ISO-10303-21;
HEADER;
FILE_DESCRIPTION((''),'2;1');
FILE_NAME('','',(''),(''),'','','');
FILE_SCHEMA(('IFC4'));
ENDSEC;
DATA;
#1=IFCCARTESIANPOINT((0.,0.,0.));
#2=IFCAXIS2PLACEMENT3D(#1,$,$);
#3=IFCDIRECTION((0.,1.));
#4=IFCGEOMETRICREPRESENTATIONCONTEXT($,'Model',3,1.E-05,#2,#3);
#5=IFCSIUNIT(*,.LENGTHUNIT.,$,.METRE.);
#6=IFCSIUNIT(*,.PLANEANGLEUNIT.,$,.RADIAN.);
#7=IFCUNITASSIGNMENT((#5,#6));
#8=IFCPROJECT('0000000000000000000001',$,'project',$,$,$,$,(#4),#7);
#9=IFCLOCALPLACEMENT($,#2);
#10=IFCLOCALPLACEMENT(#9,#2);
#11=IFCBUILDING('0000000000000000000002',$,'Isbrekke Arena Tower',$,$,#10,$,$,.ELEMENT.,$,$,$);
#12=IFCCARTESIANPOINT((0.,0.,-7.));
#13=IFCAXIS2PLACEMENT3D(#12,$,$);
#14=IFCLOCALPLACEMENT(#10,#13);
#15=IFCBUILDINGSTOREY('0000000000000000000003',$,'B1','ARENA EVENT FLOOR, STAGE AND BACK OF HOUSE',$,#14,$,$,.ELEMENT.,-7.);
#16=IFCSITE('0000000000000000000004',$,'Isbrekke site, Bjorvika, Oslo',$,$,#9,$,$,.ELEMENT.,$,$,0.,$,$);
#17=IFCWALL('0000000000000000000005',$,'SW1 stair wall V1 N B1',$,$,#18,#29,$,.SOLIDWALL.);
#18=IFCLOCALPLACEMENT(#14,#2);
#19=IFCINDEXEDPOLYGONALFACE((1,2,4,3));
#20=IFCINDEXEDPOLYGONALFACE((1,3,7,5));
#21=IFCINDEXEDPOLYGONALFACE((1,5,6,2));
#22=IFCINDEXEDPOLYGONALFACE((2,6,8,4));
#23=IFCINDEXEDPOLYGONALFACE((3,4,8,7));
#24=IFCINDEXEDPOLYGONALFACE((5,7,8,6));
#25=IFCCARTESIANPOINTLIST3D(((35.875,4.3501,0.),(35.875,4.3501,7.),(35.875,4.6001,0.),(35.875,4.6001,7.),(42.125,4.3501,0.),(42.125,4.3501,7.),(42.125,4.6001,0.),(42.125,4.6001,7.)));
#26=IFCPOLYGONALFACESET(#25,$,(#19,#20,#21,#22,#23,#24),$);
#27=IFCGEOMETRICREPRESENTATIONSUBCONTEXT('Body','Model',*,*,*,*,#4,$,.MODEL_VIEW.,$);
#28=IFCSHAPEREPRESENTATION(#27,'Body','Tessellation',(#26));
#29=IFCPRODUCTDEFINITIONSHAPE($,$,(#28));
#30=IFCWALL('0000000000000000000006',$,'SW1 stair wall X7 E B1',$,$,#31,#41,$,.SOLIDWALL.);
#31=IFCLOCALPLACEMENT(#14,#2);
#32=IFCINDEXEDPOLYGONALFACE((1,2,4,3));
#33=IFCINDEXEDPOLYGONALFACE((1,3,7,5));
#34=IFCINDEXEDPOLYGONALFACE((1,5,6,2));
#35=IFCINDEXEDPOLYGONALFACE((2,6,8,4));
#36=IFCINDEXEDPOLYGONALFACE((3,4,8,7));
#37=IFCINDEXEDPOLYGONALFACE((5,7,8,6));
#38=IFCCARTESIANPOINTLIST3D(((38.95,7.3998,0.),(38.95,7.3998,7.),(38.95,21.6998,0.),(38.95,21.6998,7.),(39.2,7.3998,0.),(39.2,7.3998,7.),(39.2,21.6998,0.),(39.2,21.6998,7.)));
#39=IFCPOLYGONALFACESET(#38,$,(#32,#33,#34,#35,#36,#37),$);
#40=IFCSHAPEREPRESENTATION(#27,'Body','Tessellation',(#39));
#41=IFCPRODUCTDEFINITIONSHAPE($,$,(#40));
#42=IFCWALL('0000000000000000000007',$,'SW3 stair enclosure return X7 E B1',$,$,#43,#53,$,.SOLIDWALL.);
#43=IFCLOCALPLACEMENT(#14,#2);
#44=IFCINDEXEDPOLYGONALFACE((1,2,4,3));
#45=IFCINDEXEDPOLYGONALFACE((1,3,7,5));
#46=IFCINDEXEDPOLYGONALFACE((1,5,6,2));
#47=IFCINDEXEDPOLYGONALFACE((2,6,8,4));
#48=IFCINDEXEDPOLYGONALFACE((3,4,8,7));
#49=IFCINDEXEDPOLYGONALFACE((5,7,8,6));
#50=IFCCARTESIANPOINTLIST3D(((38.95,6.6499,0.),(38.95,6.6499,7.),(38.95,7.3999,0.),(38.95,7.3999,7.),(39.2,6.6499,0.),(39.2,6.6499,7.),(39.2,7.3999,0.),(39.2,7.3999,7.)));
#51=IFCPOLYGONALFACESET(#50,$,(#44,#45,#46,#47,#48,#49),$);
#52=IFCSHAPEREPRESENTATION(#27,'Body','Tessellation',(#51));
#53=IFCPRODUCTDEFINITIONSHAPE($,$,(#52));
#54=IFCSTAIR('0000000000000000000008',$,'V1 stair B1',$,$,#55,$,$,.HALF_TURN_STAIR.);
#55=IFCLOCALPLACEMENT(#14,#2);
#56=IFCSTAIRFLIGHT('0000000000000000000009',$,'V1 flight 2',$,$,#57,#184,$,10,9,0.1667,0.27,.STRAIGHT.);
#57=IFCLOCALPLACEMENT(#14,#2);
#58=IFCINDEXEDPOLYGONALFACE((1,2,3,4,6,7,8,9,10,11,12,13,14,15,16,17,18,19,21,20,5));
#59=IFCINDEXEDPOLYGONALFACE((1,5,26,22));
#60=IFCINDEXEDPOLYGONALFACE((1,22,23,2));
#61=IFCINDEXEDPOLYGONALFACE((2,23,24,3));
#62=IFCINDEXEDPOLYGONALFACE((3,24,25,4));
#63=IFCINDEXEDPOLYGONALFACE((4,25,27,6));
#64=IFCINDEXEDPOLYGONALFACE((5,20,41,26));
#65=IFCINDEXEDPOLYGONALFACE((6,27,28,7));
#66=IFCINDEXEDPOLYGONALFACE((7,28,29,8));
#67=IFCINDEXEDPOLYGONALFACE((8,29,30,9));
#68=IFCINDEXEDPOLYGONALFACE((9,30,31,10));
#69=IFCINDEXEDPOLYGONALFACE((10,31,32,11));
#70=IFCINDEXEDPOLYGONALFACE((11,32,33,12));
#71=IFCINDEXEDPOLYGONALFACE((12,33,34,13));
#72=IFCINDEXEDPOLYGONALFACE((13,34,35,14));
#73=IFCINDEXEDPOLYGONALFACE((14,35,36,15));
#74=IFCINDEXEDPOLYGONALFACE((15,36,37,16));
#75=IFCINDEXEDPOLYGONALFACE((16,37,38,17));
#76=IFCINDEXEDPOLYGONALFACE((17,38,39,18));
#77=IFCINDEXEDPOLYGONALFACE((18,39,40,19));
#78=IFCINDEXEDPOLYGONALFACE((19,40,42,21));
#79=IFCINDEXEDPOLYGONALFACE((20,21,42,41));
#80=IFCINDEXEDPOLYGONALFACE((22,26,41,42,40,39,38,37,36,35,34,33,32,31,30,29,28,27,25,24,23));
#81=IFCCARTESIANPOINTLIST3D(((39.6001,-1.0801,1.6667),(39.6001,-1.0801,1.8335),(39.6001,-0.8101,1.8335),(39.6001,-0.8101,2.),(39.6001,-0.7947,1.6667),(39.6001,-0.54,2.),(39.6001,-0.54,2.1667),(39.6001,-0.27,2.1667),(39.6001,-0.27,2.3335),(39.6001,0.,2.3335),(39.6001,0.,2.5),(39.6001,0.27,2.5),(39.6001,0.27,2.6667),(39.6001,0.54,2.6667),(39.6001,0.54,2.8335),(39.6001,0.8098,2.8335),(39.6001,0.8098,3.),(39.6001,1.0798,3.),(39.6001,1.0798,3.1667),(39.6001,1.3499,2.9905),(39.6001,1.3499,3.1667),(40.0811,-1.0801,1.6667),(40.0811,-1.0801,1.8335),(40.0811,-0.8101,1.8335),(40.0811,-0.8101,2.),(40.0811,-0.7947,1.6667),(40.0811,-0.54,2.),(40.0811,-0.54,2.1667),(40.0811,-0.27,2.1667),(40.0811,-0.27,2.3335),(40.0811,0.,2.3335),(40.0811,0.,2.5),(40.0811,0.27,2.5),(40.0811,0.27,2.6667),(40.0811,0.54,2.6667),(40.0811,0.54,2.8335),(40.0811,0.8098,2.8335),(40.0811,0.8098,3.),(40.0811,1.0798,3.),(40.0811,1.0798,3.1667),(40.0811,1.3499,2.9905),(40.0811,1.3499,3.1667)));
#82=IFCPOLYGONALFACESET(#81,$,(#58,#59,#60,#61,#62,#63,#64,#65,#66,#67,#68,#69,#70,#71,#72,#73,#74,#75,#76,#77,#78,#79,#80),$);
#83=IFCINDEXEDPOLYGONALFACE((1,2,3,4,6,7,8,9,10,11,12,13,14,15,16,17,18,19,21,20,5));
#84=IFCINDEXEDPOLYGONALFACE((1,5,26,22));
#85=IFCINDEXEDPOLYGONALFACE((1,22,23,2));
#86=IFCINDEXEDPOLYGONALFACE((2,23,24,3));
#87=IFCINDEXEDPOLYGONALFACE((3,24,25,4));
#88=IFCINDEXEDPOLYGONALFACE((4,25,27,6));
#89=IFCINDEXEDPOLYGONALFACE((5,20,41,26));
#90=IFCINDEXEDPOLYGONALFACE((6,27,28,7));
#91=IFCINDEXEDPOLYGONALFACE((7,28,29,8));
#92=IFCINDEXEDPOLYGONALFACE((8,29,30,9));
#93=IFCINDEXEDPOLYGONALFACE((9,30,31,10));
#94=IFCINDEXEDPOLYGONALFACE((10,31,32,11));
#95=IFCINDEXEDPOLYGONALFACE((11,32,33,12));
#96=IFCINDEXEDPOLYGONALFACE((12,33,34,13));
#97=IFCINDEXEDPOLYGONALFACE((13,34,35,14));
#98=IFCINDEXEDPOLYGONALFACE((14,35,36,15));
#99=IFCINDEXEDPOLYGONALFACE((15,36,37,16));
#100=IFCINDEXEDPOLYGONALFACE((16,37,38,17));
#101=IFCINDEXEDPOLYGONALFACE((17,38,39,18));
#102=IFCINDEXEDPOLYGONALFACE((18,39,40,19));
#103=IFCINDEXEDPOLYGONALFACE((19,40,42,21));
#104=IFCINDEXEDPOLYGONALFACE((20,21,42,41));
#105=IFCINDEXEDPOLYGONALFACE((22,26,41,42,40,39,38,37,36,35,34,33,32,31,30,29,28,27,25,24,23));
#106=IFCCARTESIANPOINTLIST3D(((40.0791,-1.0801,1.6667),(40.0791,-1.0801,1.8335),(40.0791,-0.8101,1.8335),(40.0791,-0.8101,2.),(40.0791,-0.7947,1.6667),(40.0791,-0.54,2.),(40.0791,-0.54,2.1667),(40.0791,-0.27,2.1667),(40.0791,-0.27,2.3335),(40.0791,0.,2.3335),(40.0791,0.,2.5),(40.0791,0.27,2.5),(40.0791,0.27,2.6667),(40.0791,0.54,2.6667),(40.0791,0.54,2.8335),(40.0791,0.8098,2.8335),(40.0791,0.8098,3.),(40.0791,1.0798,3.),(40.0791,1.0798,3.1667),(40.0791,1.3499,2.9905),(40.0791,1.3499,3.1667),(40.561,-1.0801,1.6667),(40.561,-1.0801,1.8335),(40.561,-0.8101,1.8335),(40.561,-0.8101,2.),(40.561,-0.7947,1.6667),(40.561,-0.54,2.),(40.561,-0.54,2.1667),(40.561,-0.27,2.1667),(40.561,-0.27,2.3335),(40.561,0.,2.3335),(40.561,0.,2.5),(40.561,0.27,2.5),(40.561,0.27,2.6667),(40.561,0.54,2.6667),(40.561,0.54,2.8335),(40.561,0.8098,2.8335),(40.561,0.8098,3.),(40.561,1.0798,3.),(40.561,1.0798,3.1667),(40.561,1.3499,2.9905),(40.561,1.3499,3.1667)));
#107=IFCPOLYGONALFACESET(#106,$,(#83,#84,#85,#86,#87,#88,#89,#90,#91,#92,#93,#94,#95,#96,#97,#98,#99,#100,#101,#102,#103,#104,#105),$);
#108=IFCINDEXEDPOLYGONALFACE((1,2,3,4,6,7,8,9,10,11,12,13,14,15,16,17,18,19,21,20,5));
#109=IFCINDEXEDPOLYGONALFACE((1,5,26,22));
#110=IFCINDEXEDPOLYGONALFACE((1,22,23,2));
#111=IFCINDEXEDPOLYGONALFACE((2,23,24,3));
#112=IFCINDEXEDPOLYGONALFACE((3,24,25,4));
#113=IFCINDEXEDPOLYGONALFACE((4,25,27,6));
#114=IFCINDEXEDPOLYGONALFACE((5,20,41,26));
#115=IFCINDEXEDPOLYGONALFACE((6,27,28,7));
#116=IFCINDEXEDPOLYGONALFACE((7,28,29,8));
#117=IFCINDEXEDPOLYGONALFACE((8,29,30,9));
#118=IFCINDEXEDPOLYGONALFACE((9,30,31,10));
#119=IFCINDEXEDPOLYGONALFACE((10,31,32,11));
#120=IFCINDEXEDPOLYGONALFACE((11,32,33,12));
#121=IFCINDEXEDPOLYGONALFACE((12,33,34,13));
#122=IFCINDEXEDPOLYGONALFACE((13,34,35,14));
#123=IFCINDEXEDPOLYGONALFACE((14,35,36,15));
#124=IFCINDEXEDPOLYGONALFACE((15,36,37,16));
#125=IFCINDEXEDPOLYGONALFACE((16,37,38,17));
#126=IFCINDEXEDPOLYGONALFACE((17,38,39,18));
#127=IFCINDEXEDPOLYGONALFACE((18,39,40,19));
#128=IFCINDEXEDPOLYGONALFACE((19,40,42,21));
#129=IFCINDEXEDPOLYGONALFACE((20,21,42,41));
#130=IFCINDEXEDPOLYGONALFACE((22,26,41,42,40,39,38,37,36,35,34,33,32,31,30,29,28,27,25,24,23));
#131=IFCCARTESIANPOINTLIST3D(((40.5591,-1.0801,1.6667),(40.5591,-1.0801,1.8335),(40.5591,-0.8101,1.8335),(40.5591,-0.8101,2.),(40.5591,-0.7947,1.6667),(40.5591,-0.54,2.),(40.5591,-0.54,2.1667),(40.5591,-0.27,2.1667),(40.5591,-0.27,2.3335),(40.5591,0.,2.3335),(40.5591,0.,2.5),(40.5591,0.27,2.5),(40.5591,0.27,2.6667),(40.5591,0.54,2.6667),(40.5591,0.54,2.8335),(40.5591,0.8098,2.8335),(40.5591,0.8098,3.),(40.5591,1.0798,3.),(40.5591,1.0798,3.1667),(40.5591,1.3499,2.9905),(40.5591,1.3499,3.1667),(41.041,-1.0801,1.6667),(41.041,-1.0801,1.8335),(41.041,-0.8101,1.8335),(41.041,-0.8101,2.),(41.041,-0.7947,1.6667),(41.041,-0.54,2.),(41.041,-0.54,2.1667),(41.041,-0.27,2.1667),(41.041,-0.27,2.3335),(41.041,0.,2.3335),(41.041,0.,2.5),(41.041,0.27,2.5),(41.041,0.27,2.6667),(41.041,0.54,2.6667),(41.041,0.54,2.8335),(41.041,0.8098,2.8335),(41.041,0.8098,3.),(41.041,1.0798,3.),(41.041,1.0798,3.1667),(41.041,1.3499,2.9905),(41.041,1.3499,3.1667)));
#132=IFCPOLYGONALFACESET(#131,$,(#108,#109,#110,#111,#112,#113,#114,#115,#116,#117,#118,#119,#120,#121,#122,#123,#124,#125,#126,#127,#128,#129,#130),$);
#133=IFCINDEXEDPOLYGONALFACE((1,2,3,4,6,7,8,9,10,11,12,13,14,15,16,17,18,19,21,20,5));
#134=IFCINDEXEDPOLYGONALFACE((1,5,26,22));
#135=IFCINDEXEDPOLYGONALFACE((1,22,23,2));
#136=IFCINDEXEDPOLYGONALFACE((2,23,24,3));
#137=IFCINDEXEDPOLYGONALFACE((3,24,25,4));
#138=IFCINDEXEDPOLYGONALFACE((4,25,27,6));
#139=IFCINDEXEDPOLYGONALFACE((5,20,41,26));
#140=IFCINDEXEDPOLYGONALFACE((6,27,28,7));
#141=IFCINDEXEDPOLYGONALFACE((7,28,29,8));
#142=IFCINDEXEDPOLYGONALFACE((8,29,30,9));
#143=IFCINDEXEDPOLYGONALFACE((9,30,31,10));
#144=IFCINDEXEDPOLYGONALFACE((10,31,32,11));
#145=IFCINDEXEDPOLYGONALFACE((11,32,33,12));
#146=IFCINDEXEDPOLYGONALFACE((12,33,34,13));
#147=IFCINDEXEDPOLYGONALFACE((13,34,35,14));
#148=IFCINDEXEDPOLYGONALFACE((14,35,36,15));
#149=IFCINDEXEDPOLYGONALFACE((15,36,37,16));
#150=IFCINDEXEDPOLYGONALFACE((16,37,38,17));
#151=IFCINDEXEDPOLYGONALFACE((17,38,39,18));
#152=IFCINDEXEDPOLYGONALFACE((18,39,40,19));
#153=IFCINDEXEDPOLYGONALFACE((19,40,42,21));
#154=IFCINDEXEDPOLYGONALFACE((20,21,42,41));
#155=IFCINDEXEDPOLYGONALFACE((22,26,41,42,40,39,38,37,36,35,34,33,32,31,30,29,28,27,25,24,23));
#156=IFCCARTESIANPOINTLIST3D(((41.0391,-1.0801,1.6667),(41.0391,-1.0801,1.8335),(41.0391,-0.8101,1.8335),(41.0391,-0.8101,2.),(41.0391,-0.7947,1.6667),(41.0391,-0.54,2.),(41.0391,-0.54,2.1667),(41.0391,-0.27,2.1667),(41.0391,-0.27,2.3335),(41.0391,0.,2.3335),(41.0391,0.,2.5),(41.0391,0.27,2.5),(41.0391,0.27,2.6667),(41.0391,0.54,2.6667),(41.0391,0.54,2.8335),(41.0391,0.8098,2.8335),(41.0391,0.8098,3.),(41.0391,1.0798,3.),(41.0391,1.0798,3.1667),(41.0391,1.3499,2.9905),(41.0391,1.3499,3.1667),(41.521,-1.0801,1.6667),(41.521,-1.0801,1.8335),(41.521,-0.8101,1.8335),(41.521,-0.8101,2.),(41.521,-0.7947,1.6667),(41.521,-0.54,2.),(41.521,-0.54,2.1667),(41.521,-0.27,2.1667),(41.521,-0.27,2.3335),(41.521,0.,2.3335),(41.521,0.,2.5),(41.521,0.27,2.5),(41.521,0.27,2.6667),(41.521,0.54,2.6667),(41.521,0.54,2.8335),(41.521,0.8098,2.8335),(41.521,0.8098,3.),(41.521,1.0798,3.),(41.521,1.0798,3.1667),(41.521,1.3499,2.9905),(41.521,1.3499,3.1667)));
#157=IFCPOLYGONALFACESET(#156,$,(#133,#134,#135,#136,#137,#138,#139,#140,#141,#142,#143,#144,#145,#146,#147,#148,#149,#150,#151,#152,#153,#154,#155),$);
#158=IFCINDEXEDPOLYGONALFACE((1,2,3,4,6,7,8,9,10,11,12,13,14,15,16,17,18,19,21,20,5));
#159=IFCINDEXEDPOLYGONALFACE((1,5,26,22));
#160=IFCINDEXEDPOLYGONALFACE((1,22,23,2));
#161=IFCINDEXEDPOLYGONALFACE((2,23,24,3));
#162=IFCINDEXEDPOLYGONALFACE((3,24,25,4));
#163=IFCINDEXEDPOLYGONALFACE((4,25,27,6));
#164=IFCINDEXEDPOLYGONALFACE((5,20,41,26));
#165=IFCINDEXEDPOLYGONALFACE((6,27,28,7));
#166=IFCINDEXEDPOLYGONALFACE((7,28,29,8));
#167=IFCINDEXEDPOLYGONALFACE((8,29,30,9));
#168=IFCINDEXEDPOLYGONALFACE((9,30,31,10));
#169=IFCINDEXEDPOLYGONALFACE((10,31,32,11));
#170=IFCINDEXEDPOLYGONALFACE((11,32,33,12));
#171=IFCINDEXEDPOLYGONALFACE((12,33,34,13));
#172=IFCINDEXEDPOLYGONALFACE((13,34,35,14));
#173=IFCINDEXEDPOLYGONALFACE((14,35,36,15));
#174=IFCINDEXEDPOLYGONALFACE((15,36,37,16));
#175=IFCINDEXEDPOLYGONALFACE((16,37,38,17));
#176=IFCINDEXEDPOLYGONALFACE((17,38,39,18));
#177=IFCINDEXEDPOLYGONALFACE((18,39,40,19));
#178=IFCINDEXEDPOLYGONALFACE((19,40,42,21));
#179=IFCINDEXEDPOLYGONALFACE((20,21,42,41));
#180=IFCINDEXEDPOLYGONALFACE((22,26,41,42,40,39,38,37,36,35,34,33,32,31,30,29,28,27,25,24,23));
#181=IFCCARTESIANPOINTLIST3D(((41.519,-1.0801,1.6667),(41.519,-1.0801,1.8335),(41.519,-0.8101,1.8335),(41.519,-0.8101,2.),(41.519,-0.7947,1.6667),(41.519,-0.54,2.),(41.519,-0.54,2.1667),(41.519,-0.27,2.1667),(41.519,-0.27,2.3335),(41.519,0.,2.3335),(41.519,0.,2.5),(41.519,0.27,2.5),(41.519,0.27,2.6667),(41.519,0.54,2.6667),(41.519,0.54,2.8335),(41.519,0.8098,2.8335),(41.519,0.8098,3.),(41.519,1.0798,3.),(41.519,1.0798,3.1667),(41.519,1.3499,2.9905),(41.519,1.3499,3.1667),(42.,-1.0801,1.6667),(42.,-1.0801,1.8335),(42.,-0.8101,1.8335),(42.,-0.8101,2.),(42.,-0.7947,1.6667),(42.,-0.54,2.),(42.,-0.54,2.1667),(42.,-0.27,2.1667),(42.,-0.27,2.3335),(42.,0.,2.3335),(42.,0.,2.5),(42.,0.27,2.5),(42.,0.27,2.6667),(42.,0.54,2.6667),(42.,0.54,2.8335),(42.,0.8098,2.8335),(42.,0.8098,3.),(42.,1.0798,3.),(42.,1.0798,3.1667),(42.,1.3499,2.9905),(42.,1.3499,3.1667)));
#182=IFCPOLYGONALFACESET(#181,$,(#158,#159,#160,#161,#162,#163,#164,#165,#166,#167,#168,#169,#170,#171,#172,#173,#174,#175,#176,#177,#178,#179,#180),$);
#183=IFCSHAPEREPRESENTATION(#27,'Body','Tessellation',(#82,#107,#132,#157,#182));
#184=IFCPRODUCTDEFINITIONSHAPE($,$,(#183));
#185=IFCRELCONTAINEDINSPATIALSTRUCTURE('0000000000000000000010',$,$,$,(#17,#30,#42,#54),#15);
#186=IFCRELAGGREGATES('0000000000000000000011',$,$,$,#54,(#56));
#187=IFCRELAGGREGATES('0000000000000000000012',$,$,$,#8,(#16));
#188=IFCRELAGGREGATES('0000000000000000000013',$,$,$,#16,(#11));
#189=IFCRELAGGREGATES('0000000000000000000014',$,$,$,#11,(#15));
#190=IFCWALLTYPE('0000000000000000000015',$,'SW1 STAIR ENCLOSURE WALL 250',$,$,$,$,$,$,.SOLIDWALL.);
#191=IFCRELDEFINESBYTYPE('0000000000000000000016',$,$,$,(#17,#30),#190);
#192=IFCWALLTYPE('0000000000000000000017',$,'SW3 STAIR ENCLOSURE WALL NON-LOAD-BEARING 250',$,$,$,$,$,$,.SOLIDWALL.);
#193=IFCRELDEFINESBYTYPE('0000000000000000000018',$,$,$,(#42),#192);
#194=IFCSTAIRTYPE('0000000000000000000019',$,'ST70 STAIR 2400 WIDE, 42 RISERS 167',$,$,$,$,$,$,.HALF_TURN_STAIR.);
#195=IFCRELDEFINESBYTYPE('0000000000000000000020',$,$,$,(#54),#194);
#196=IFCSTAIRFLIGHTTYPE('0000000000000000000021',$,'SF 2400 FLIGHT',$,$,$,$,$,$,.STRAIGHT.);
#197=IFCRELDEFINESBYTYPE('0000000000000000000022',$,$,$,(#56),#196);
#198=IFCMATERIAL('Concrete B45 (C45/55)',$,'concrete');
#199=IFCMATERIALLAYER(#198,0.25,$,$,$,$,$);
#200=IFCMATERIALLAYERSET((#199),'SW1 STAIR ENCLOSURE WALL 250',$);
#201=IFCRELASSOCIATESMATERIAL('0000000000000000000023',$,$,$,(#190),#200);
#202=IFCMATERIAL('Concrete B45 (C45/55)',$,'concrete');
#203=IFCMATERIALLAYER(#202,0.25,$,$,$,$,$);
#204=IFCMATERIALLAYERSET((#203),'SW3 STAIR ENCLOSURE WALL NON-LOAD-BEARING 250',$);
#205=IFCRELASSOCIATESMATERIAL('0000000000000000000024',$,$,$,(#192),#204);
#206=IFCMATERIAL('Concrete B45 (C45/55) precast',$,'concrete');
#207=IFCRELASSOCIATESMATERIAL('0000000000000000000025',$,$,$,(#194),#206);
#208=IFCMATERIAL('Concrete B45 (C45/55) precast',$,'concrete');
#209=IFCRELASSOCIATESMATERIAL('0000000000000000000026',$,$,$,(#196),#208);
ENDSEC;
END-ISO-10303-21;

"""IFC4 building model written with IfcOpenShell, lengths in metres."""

from ifc_helpers import new_model, si_unit, direction, frame, frame_2d, origin, place, context, subcontext, project, spatial, polyline, rectangle, outline, extrude, material, layer, layer_set, type_object, element, aggregate, save


model = new_model("IFC4")

# Units and contexts
model_context = context("Model", 3, precision=1e-05, world=origin(), true_north=direction((0.0, 1.0)))
body_context = subcontext(model_context, "Body", "Model", "MODEL_VIEW")
ifc_project = project(units=[si_unit("LENGTHUNIT", "METRE"), si_unit("PLANEANGLEUNIT", "RADIAN")], contexts=[model_context])

# Site, building, storey
site_placement = place(None, origin())
site = spatial("IfcSite", under=ifc_project, at=site_placement, Name="Isbrekke site, Bjorvika, Oslo", CompositionType="ELEMENT", RefElevation=0.0)
building_placement = place(site_placement, origin())
building = spatial("IfcBuilding", under=site, at=building_placement, Name="Isbrekke Arena Tower", CompositionType="ELEMENT")
storey_placement = place(building_placement, frame((0.0, 0.0, -7.0)))
storey = spatial("IfcBuildingStorey", under=building, at=storey_placement, Name="B1", Description="ARENA EVENT FLOOR, STAGE AND BACK OF HOUSE", CompositionType="ELEMENT", Elevation=-7.0)

# Walls
ifc_material_1 = material(Name="Concrete B45 (C45/55)", Category="concrete")
ifc_layer_1 = layer(ifc_material_1, 0.25)
ifc_layer_set_1 = layer_set([ifc_layer_1], Name="SW1 STAIR ENCLOSURE WALL 250")
wall_type_1 = type_object("IfcWallType", Name="SW1 STAIR ENCLOSURE WALL 250", PredefinedType="SOLIDWALL", material=ifc_layer_set_1)
wall_1_placement = place(storey_placement, frame((42.125, 4.4751, 0.0), z_axis=(0.0, 0.0, 1.0), x_axis=(-1.0, 0.0, 0.0)))
element("IfcWall", 1, at=wall_1_placement, inside=storey, type_object=wall_type_1, Name="SW1 stair wall V1 N B1", PredefinedType="SOLIDWALL", context=body_context, shape_type="SweptSolid", body=[
    extrude(rectangle(XDim=6.25, YDim=0.25, at=frame_2d((3.125, 0.0))), origin(), (0.0, 0.0, 1.0), 7.0),
])
wall_2_placement = place(storey_placement, frame((39.075, 7.3999, 0.0), z_axis=(0.0, 0.0, 1.0), x_axis=(0.0, 1.0, 0.0)))
element("IfcWall", 2, at=wall_2_placement, inside=storey, type_object=wall_type_1, Name="SW1 stair wall X7 E B1", PredefinedType="SOLIDWALL", context=body_context, shape_type="SweptSolid", body=[
    extrude(rectangle(XDim=14.3, YDim=0.25, at=frame_2d((7.1499, 0.0))), origin(), (0.0, 0.0, 1.0), 7.0),
])
ifc_material_2 = material(Name="Concrete B45 (C45/55)", Category="concrete")
ifc_layer_2 = layer(ifc_material_2, 0.25)
ifc_layer_set_2 = layer_set([ifc_layer_2], Name="SW3 STAIR ENCLOSURE WALL NON-LOAD-BEARING 250")
wall_type_2 = type_object("IfcWallType", Name="SW3 STAIR ENCLOSURE WALL NON-LOAD-BEARING 250", PredefinedType="SOLIDWALL", material=ifc_layer_set_2)
wall_3_placement = place(storey_placement, frame((39.075, 6.6499, 0.0), z_axis=(0.0, 0.0, 1.0), x_axis=(0.0, 1.0, 0.0)))
element("IfcWall", 3, at=wall_3_placement, inside=storey, type_object=wall_type_2, Name="SW3 stair enclosure return X7 E B1", PredefinedType="SOLIDWALL", context=body_context, shape_type="SweptSolid", body=[
    extrude(rectangle(XDim=0.75, YDim=0.25, at=frame_2d((0.375, 0.0))), origin(), (0.0, 0.0, 1.0), 7.0),
])

# Stair, stair flight
ifc_material_3 = material(Name="Concrete B45 (C45/55) precast", Category="concrete")
stair_type = type_object("IfcStairType", Name="ST70 STAIR 2400 WIDE, 42 RISERS 167", PredefinedType="HALF_TURN_STAIR", material=ifc_material_3)
stair_placement = place(storey_placement, origin())
stair = element("IfcStair", 4, at=stair_placement, inside=storey, type_object=stair_type, Name="V1 stair B1", PredefinedType="HALF_TURN_STAIR")
ifc_material_4 = material(Name="Concrete B45 (C45/55) precast", Category="concrete")
stair_flight_type = type_object("IfcStairFlightType", Name="SF 2400 FLIGHT", PredefinedType="STRAIGHT", material=ifc_material_4)
stair_flight_1_placement = place(storey_placement, frame((40.8, -1.0801, 1.6667), z_axis=(0.0, 0.0, 1.0), x_axis=(0.0, 1.0, 0.0)))
stair_flight_1 = element("IfcStairFlight", 5, at=stair_flight_1_placement, type_object=stair_flight_type, Name="V1 flight 2", NumberOfRisers=10, NumberOfTreads=9, PredefinedType="STRAIGHT", RiserHeight=0.1667, TreadLength=0.27, context=body_context, shape_type="SweptSolid", body=[
    extrude(outline(polyline([(0.0, 0.0), (0.0, 0.1667), (0.27, 0.1667), (0.27, 0.3333), (0.54, 0.3333), (0.54, 0.5), (0.8101, 0.5), (0.8101, 0.6667), (1.0801, 0.6667), (1.0801, 0.8333), (1.3501, 0.8333), (1.3501, 1.0), (1.6201, 1.0), (1.6201, 1.1667), (1.8899, 1.1667), (1.8899, 1.3333), (2.1599, 1.3333), (2.1599, 1.5), (2.4299, 1.5), (2.4299, 1.6667), (2.4299, 1.3237), (0.2854, 0.0), (0.0, 0.0)])), frame((0.0, 1.2, 0.0), z_axis=(0.0, -1.0, 0.0), x_axis=(1.0, 0.0, 0.0)), (0.0, 0.0, 1.0), 0.481),
    extrude(outline(polyline([(0.0, 0.0), (0.0, 0.1667), (0.27, 0.1667), (0.27, 0.3333), (0.54, 0.3333), (0.54, 0.5), (0.8101, 0.5), (0.8101, 0.6667), (1.0801, 0.6667), (1.0801, 0.8333), (1.3501, 0.8333), (1.3501, 1.0), (1.6201, 1.0), (1.6201, 1.1667), (1.8899, 1.1667), (1.8899, 1.3333), (2.1599, 1.3333), (2.1599, 1.5), (2.4299, 1.5), (2.4299, 1.6667), (2.4299, 1.3237), (0.2854, 0.0), (0.0, 0.0)])), frame((0.0, 0.7209, 0.0), z_axis=(0.0, -1.0, 0.0), x_axis=(1.0, 0.0, 0.0)), (0.0, 0.0, 1.0), 0.4819),
    extrude(outline(polyline([(0.0, 0.0), (0.0, 0.1667), (0.27, 0.1667), (0.27, 0.3333), (0.54, 0.3333), (0.54, 0.5), (0.8101, 0.5), (0.8101, 0.6667), (1.0801, 0.6667), (1.0801, 0.8333), (1.3501, 0.8333), (1.3501, 1.0), (1.6201, 1.0), (1.6201, 1.1667), (1.8899, 1.1667), (1.8899, 1.3333), (2.1599, 1.3333), (2.1599, 1.5), (2.4299, 1.5), (2.4299, 1.6667), (2.4299, 1.3237), (0.2854, 0.0), (0.0, 0.0)])), frame((0.0, 0.241, 0.0), z_axis=(0.0, -1.0, 0.0), x_axis=(1.0, 0.0, 0.0)), (0.0, 0.0, 1.0), 0.4819),
    extrude(outline(polyline([(0.0, 0.0), (0.0, 0.1667), (0.27, 0.1667), (0.27, 0.3333), (0.54, 0.3333), (0.54, 0.5), (0.8101, 0.5), (0.8101, 0.6667), (1.0801, 0.6667), (1.0801, 0.8333), (1.3501, 0.8333), (1.3501, 1.0), (1.6201, 1.0), (1.6201, 1.1667), (1.8899, 1.1667), (1.8899, 1.3333), (2.1599, 1.3333), (2.1599, 1.5), (2.4299, 1.5), (2.4299, 1.6667), (2.4299, 1.3237), (0.2854, 0.0), (0.0, 0.0)])), frame((0.0, -0.239, 0.0), z_axis=(0.0, -1.0, 0.0), x_axis=(1.0, 0.0, 0.0)), (0.0, 0.0, 1.0), 0.4819),
    extrude(outline(polyline([(0.0, 0.0), (0.0, 0.1667), (0.27, 0.1667), (0.27, 0.3333), (0.54, 0.3333), (0.54, 0.5), (0.8101, 0.5), (0.8101, 0.6667), (1.0801, 0.6667), (1.0801, 0.8333), (1.3501, 0.8333), (1.3501, 1.0), (1.6201, 1.0), (1.6201, 1.1667), (1.8899, 1.1667), (1.8899, 1.3333), (2.1599, 1.3333), (2.1599, 1.5), (2.4299, 1.5), (2.4299, 1.6667), (2.4299, 1.3237), (0.2854, 0.0), (0.0, 0.0)])), frame((0.0, -0.719, 0.0), z_axis=(0.0, -1.0, 0.0), x_axis=(1.0, 0.0, 0.0)), (0.0, 0.0, 1.0), 0.481),
])
aggregate(stair, [stair_flight_1])

save(model, "model.ifc")
